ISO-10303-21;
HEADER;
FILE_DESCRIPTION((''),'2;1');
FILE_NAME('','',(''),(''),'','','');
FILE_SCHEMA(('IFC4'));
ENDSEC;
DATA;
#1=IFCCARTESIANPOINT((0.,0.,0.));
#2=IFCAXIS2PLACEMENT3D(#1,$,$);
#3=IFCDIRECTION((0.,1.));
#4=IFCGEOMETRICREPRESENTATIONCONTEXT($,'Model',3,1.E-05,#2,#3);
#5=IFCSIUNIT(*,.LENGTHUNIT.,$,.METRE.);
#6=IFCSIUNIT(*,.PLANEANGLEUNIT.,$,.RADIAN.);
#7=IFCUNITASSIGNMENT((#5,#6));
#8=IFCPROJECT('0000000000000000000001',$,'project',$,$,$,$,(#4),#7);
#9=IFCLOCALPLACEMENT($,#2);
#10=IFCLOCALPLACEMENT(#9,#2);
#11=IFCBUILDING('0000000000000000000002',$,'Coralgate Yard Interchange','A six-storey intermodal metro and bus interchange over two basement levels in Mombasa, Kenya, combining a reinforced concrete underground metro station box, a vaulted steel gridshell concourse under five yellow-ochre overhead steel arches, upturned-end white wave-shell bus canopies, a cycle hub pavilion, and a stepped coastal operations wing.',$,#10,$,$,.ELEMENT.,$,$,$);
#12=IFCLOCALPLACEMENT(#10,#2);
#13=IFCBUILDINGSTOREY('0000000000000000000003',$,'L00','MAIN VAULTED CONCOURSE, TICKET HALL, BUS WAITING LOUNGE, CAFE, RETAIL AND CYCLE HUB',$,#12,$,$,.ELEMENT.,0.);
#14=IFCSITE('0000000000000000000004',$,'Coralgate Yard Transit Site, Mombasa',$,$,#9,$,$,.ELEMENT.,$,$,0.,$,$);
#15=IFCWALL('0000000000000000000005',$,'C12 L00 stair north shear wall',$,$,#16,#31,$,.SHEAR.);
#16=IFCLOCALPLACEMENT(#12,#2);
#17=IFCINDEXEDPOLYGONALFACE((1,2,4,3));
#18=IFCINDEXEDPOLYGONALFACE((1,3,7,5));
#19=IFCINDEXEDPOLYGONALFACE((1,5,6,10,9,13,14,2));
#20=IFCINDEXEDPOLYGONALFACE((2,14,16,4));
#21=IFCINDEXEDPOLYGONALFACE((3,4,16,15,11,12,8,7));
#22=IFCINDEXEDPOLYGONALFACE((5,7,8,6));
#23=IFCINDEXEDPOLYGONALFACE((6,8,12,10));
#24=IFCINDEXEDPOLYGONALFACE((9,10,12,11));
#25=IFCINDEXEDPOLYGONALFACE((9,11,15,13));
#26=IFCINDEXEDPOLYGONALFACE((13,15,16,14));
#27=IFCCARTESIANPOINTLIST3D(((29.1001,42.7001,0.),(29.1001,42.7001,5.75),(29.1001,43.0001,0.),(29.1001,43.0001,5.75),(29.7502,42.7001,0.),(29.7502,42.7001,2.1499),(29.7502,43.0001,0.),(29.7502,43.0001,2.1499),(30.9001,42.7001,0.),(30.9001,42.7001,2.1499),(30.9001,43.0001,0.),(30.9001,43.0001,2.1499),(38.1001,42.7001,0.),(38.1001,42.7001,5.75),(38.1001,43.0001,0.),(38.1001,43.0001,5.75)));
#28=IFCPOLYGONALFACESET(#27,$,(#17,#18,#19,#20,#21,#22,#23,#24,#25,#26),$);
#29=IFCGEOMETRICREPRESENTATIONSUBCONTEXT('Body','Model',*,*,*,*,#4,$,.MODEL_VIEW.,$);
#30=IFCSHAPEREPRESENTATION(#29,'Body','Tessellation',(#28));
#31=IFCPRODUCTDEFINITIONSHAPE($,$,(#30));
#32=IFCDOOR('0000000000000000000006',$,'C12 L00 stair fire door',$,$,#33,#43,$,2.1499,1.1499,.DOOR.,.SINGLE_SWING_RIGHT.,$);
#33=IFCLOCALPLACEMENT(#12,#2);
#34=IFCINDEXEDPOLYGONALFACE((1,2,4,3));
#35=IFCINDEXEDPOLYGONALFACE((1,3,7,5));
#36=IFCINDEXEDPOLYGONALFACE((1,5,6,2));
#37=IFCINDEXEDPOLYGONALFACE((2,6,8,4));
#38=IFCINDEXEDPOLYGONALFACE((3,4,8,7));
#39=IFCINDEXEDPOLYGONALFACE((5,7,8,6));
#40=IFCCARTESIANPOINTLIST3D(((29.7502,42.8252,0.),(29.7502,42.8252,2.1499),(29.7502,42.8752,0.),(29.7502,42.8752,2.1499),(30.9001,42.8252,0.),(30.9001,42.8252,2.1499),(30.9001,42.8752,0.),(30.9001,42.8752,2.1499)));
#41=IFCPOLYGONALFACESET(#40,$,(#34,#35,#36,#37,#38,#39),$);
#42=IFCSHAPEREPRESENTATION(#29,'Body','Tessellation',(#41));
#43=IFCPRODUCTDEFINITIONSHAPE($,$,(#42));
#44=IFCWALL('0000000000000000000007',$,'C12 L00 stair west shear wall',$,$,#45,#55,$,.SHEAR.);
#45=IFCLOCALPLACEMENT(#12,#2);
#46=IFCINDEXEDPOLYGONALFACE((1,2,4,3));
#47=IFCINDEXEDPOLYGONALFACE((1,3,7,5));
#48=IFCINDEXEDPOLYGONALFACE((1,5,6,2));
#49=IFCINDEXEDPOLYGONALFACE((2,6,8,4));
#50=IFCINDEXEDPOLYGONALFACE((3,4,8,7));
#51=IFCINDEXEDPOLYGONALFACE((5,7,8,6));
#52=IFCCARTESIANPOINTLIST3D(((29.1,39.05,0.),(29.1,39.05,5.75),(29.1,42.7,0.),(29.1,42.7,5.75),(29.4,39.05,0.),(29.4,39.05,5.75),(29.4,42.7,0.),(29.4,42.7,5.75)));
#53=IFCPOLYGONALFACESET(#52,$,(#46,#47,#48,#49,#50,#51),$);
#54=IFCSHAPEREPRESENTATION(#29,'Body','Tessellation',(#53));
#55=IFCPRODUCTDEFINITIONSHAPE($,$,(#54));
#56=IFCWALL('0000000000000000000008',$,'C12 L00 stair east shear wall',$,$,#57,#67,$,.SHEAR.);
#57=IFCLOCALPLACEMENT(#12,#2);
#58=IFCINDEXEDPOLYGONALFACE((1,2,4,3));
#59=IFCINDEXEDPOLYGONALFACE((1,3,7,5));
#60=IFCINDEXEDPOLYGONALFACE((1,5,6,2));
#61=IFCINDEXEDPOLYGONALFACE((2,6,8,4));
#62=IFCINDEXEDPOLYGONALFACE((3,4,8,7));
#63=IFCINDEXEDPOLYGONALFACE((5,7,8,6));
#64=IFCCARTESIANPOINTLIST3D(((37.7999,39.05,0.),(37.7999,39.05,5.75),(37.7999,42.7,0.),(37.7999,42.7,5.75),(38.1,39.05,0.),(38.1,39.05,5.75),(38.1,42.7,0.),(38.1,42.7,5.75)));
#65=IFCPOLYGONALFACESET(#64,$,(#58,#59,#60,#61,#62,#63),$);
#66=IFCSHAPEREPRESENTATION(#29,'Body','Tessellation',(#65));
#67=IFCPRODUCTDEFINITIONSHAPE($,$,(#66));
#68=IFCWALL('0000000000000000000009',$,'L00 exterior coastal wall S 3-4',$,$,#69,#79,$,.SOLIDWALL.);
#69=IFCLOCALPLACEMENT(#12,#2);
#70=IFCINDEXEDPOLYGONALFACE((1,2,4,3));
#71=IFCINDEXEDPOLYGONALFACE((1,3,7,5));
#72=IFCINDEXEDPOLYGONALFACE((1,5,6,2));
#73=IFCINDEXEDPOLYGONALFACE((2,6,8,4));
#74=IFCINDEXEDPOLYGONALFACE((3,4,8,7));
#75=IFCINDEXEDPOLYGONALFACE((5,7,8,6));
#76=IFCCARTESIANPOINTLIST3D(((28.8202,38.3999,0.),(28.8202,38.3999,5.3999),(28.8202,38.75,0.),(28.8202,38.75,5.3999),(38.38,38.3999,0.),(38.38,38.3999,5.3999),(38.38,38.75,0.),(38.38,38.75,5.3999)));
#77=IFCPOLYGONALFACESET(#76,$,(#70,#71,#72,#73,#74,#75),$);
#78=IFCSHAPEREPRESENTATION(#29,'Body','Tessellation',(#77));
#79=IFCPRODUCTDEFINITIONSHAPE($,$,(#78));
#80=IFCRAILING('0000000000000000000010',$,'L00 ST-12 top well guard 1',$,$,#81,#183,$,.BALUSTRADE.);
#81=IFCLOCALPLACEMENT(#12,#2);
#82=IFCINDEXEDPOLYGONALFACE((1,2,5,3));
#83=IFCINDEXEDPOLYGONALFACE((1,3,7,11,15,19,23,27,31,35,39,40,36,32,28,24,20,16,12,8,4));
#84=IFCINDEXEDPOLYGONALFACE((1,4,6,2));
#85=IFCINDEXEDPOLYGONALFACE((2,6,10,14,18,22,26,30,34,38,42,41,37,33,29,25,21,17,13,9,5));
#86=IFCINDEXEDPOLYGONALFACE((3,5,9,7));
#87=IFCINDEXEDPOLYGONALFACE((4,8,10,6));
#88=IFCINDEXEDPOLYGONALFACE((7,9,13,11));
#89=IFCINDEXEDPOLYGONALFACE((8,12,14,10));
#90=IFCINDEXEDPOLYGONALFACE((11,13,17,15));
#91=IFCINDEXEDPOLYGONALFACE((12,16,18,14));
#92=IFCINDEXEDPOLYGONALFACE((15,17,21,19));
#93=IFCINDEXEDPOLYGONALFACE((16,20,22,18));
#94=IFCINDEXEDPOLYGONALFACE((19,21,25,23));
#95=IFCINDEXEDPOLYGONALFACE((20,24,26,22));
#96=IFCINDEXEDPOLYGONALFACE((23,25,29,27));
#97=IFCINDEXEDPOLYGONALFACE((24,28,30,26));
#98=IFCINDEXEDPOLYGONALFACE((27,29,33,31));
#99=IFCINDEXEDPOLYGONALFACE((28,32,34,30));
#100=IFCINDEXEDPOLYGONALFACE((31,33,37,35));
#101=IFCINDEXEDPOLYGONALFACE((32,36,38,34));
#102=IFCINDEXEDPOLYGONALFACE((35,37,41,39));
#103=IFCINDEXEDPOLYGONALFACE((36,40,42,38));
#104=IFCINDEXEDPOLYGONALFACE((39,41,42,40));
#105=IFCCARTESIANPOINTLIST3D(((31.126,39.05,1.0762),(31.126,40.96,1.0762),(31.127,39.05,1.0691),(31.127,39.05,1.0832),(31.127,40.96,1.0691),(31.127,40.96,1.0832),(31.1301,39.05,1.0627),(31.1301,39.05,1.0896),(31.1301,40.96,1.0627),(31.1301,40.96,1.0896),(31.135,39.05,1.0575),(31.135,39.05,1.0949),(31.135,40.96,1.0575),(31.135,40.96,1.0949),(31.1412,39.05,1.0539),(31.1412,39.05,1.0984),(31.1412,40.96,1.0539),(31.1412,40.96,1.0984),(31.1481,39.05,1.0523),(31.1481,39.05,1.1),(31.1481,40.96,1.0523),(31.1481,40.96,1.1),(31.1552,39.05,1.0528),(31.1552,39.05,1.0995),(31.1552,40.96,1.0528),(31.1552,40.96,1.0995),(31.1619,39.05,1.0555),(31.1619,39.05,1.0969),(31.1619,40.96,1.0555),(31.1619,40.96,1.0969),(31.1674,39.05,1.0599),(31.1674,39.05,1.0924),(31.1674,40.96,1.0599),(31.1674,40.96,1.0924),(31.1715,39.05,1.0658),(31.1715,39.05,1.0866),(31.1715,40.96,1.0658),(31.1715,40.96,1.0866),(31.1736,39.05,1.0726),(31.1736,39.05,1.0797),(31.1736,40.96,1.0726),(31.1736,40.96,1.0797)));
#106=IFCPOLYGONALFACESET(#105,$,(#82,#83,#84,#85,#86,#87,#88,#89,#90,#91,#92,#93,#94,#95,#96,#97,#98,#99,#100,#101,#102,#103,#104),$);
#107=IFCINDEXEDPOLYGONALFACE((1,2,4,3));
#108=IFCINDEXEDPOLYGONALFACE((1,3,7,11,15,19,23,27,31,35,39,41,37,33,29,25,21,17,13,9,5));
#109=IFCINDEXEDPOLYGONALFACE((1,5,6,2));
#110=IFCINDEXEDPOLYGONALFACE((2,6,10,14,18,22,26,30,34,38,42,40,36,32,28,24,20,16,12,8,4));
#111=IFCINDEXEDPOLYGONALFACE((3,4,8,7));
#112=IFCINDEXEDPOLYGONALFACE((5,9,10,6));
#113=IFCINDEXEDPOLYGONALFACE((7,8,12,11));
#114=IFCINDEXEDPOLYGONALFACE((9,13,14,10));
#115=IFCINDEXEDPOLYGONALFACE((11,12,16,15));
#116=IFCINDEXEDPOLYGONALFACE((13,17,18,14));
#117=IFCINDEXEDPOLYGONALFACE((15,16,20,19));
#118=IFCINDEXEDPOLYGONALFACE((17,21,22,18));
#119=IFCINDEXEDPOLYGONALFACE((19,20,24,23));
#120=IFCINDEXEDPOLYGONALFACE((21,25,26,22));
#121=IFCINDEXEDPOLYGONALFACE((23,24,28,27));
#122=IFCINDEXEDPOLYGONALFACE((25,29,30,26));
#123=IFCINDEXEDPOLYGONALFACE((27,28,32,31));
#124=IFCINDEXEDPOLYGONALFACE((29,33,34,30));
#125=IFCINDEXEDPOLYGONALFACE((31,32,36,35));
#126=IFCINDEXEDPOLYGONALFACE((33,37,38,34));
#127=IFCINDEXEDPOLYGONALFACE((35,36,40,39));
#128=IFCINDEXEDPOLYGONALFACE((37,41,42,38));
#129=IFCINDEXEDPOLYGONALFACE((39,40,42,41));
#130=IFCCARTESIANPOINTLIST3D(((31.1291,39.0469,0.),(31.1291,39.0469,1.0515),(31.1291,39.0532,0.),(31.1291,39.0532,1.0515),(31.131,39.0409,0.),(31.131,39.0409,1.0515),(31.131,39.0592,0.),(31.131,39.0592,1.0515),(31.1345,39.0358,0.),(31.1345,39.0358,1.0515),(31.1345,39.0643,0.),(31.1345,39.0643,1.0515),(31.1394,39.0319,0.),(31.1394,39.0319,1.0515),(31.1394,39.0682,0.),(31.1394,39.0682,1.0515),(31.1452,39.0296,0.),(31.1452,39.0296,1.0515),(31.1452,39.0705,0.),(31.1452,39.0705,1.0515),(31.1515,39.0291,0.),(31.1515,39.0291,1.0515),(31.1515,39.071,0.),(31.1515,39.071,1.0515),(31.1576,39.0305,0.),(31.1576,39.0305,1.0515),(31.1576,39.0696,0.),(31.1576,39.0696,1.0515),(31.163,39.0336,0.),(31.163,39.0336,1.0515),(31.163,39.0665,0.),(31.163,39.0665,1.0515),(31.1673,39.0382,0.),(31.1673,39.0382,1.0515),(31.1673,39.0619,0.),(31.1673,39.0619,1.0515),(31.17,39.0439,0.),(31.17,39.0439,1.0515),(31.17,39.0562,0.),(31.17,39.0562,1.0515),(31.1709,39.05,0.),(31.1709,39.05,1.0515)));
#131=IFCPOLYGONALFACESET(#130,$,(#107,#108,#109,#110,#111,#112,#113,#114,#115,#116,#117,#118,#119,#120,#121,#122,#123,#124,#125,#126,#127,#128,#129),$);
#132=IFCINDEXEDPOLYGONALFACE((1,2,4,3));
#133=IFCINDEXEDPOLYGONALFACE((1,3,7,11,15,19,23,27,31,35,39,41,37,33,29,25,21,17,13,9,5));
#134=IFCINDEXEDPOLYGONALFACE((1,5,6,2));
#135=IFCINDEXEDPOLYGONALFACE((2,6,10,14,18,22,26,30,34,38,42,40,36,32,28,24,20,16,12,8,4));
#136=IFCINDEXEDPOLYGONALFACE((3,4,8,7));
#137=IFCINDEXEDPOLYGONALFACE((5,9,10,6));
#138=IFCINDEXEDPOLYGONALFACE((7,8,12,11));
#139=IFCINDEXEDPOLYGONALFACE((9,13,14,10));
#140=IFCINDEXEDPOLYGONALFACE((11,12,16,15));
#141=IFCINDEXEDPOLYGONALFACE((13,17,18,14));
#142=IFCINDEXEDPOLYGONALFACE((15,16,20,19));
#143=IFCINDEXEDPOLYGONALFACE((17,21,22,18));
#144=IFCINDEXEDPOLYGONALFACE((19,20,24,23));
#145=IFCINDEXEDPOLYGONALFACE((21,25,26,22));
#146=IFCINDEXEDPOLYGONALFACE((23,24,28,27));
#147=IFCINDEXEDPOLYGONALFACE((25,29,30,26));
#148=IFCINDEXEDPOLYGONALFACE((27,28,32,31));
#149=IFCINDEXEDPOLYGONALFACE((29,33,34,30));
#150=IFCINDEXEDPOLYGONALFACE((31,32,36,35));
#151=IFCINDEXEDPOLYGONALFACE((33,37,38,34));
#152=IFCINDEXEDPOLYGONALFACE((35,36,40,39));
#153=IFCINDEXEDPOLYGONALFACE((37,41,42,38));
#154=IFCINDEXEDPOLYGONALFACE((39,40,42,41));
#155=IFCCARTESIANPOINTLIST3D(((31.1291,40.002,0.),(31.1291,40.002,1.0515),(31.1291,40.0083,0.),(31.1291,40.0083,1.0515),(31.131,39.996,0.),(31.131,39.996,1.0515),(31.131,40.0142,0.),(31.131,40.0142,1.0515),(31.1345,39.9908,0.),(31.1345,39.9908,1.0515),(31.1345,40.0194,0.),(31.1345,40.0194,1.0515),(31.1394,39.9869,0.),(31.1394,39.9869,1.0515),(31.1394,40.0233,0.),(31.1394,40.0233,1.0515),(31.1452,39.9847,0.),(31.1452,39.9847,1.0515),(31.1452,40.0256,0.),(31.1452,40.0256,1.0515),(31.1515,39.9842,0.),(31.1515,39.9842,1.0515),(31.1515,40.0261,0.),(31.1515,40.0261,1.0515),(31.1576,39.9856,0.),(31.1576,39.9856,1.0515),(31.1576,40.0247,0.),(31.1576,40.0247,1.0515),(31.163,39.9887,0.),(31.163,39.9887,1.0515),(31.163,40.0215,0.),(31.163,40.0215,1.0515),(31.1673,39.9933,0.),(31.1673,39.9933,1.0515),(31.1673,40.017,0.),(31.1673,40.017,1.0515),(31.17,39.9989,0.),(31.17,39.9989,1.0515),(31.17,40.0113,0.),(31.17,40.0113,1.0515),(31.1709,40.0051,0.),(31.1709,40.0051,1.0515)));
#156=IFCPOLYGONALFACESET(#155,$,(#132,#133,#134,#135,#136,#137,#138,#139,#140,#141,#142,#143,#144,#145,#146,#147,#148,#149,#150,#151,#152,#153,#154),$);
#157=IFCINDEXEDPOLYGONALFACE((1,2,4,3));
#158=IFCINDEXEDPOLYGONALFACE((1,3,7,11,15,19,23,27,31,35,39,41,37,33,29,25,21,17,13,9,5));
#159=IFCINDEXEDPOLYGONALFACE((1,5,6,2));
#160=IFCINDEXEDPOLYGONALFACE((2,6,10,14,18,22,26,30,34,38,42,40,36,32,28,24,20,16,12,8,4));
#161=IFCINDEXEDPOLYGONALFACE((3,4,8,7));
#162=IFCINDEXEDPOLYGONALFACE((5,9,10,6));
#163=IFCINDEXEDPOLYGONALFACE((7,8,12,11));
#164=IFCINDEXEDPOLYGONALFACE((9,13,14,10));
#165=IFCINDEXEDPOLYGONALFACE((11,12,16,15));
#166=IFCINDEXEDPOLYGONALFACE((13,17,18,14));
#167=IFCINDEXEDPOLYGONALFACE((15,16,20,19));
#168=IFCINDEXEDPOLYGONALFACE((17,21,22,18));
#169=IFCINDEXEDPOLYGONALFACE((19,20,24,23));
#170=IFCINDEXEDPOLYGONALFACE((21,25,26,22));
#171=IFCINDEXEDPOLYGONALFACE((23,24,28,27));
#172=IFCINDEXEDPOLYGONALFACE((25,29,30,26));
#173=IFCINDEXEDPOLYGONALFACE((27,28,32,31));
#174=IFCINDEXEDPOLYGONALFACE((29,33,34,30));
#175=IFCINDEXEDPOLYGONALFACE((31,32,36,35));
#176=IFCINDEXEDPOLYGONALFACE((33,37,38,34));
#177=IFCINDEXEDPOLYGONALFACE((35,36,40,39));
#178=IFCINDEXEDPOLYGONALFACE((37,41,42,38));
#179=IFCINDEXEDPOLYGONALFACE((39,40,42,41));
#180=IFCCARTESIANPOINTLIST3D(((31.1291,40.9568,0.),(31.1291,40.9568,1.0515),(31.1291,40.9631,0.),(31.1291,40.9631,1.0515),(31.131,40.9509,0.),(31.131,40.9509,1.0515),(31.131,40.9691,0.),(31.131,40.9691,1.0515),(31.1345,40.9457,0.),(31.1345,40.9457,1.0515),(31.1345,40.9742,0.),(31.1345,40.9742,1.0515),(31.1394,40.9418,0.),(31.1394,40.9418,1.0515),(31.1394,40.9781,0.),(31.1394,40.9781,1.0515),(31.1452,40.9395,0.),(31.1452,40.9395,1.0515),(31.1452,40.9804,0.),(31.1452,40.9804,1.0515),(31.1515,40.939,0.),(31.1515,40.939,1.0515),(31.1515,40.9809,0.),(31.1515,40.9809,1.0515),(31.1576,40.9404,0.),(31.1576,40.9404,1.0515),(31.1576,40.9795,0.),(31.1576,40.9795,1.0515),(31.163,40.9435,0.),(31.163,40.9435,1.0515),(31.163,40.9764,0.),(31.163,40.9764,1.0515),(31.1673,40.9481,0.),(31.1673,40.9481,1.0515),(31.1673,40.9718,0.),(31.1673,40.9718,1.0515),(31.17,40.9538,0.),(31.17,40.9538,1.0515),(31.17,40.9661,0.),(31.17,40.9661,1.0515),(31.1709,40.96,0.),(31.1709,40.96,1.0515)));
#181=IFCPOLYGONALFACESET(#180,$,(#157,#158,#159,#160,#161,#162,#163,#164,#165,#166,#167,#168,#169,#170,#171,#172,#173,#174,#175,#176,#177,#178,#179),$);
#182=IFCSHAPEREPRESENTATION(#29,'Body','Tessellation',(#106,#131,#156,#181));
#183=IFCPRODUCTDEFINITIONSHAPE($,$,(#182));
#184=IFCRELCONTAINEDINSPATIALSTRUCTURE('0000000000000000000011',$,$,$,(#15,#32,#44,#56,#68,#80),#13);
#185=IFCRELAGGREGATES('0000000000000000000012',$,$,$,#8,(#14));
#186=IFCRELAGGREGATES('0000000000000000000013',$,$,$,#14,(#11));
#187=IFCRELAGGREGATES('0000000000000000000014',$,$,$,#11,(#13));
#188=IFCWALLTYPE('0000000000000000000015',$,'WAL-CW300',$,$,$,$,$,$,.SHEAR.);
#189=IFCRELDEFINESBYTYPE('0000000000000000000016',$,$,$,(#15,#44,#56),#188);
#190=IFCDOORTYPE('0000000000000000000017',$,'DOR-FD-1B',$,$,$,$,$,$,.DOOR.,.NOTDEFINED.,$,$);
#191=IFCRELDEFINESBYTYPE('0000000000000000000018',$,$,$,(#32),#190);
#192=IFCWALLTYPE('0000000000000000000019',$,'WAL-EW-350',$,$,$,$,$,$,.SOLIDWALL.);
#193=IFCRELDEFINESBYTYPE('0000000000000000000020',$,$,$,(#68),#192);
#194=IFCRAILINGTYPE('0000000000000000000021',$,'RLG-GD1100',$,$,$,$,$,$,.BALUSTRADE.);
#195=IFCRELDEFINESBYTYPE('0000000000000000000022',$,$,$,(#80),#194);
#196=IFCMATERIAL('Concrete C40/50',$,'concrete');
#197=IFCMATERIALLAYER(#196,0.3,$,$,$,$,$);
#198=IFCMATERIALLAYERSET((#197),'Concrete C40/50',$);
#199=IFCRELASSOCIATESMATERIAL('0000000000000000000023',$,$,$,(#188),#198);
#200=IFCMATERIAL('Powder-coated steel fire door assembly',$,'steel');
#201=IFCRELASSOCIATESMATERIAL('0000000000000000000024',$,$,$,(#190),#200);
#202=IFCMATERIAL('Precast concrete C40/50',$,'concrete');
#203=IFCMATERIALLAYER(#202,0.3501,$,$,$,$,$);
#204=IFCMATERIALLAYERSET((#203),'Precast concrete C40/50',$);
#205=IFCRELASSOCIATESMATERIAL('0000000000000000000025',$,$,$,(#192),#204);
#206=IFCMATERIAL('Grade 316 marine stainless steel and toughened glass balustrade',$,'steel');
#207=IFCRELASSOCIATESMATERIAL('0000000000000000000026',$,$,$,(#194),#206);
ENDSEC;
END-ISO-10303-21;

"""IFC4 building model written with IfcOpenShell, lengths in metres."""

from ifc_helpers import new_model, si_unit, direction, frame, frame_2d, origin, origin_2d, place, context, subcontext, project, spatial, rectangle, circle, extrude, material, layer, layer_set, type_object, element, fill, save


model = new_model("IFC4")

# Units and contexts
model_context = context("Model", 3, precision=1e-05, world=origin(), true_north=direction((0.0, 1.0)))
body_context = subcontext(model_context, "Body", "Model", "MODEL_VIEW")
ifc_project = project(units=[si_unit("LENGTHUNIT", "METRE"), si_unit("PLANEANGLEUNIT", "RADIAN")], contexts=[model_context])

# Site, building, storey
site_placement = place(None, origin())
site = spatial("IfcSite", under=ifc_project, at=site_placement, Name="Coralgate Yard Transit Site, Mombasa", CompositionType="ELEMENT", RefElevation=0.0)
building_placement = place(site_placement, origin())
building = spatial("IfcBuilding", under=site, at=building_placement, Name="Coralgate Yard Interchange", Description="A six-storey intermodal metro and bus interchange over two basement levels in Mombasa, Kenya, combining a reinforced concrete underground metro station box, a vaulted steel gridshell concourse under five yellow-ochre overhead steel arches, upturned-end white wave-shell bus canopies, a cycle hub pavilion, and a stepped coastal operations wing.", CompositionType="ELEMENT")
storey_placement = place(building_placement, origin())
storey = spatial("IfcBuildingStorey", under=building, at=storey_placement, Name="L00", Description="MAIN VAULTED CONCOURSE, TICKET HALL, BUS WAITING LOUNGE, CAFE, RETAIL AND CYCLE HUB", CompositionType="ELEMENT", Elevation=0.0)

# Shared definitions
ifc_material_1 = material(Name="Concrete C40/50", Category="concrete")
ifc_layer_1 = layer(ifc_material_1, 0.3)
ifc_layer_set_1 = layer_set([ifc_layer_1], Name="Concrete C40/50")
wall_type_1 = type_object("IfcWallType", Name="WAL-CW300", PredefinedType="SHEAR", material=ifc_layer_set_1)

# Wall, opening, door
wall_1_placement = place(storey_placement, frame((38.1001, 42.8501, 0.0), z_axis=(0.0, 0.0, 1.0), x_axis=(-1.0, 0.0, 0.0)))
wall_1 = element("IfcWall", 1, at=wall_1_placement, inside=storey, type_object=wall_type_1, Name="C12 L00 stair north shear wall", PredefinedType="SHEAR", context=body_context, shape_type="SweptSolid", body=[
    extrude(rectangle(XDim=9.0, YDim=0.3, at=frame_2d((4.5, 0.0))), origin(), (0.0, 0.0, 1.0), 5.75),
])
opening_placement = place(wall_1_placement, frame((7.2, 0.0, 0.0)))
opening = element("IfcOpeningElement", 2, at=opening_placement, cuts=wall_1, PredefinedType="OPENING", context=body_context, shape_type="SweptSolid", body=[
    extrude(rectangle(XDim=1.1499, YDim=2.1499, at=frame_2d((0.575, 1.075))), frame((0.0, 0.1599, 0.0), z_axis=(0.0, -1.0, 0.0), x_axis=(1.0, 0.0, 0.0)), (0.0, 0.0, 1.0), 0.3201),
])
ifc_material_2 = material(Name="Powder-coated steel fire door assembly", Category="steel")
door_type = type_object("IfcDoorType", Name="DOR-FD-1B", OperationType="NOTDEFINED", PredefinedType="DOOR", material=ifc_material_2)
door_placement = place(opening_placement, origin())
door = element("IfcDoor", 3, at=door_placement, inside=storey, type_object=door_type, Name="C12 L00 stair fire door", OperationType="SINGLE_SWING_RIGHT", OverallHeight=2.1499, OverallWidth=1.1499, PredefinedType="DOOR", context=body_context, shape_type="SweptSolid", body=[
    extrude(rectangle(XDim=1.1499, YDim=2.1499, at=frame_2d((0.575, 1.075))), frame((0.0, 0.0249, 0.0), z_axis=(0.0, -1.0, 0.0), x_axis=(1.0, 0.0, 0.0)), (0.0, 0.0, 1.0), 0.05),
])
fill(opening, door)

# Walls
for number, where, z_axis, x_axis, name in (
    (4, (29.25, 39.05, 0.0), (0.0, 0.0, 1.0), (0.0, 1.0, 0.0), "C12 L00 stair west shear wall"),
    (5, (37.95, 42.7, 0.0), (0.0, 0.0, 1.0), (0.0, -1.0, 0.0), "C12 L00 stair east shear wall"),
):
    element("IfcWall", number, at=place(storey_placement, frame(where, z_axis=z_axis, x_axis=x_axis)), inside=storey, type_object=wall_type_1, Name=name, PredefinedType="SHEAR", context=body_context, shape_type="SweptSolid", body=[
        extrude(rectangle(XDim=3.6499, YDim=0.3, at=frame_2d((1.825, 0.0))), origin(), (0.0, 0.0, 1.0), 5.75),
    ])
ifc_material_3 = material(Name="Precast concrete C40/50", Category="concrete")
ifc_layer_2 = layer(ifc_material_3, 0.3501)
ifc_layer_set_2 = layer_set([ifc_layer_2], Name="Precast concrete C40/50")
wall_type_2 = type_object("IfcWallType", Name="WAL-EW-350", PredefinedType="SOLIDWALL", material=ifc_layer_set_2)
wall_2_placement = place(storey_placement, frame((38.3799, 38.575, 0.0), z_axis=(0.0, 0.0, 1.0), x_axis=(-1.0, 0.0, 0.0)))
element("IfcWall", 6, at=wall_2_placement, inside=storey, type_object=wall_type_2, Name="L00 exterior coastal wall S 3-4", PredefinedType="SOLIDWALL", context=body_context, shape_type="SweptSolid", body=[
    extrude(rectangle(XDim=9.5598, YDim=0.3501, at=frame_2d((4.7798, 0.0))), origin(), (0.0, 0.0, 1.0), 5.3999),
])

# Railing
ifc_material_4 = material(Name="Grade 316 marine stainless steel and toughened glass balustrade", Category="steel")
railing_type = type_object("IfcRailingType", Name="RLG-GD1100", PredefinedType="BALUSTRADE", material=ifc_material_4)
railing_placement = place(storey_placement, frame((31.1499, 39.05, 0.0)))
element("IfcRailing", 7, at=railing_placement, inside=storey, type_object=railing_type, Name="L00 ST-12 top well guard 1", PredefinedType="BALUSTRADE", context=body_context, shape_type="SweptSolid", body=[
    extrude(circle(Radius=0.0239, at=origin_2d()), frame((0.0, 0.0, 1.0762), z_axis=(0.0, 1.0, 0.0), x_axis=(-1.0, 0.0, 0.0)), (0.0, 0.0, 1.0), 1.9099),
    extrude(circle(Radius=0.021, at=origin_2d()), origin(), (0.0, 0.0, 1.0), 1.0515),
    extrude(circle(Radius=0.021, at=origin_2d()), frame((0.0, 0.9551, 0.0)), (0.0, 0.0, 1.0), 1.0515),
    extrude(circle(Radius=0.021, at=origin_2d()), frame((0.0, 1.9099, 0.0)), (0.0, 0.0, 1.0), 1.0515),
])

save(model, "model.ifc")
